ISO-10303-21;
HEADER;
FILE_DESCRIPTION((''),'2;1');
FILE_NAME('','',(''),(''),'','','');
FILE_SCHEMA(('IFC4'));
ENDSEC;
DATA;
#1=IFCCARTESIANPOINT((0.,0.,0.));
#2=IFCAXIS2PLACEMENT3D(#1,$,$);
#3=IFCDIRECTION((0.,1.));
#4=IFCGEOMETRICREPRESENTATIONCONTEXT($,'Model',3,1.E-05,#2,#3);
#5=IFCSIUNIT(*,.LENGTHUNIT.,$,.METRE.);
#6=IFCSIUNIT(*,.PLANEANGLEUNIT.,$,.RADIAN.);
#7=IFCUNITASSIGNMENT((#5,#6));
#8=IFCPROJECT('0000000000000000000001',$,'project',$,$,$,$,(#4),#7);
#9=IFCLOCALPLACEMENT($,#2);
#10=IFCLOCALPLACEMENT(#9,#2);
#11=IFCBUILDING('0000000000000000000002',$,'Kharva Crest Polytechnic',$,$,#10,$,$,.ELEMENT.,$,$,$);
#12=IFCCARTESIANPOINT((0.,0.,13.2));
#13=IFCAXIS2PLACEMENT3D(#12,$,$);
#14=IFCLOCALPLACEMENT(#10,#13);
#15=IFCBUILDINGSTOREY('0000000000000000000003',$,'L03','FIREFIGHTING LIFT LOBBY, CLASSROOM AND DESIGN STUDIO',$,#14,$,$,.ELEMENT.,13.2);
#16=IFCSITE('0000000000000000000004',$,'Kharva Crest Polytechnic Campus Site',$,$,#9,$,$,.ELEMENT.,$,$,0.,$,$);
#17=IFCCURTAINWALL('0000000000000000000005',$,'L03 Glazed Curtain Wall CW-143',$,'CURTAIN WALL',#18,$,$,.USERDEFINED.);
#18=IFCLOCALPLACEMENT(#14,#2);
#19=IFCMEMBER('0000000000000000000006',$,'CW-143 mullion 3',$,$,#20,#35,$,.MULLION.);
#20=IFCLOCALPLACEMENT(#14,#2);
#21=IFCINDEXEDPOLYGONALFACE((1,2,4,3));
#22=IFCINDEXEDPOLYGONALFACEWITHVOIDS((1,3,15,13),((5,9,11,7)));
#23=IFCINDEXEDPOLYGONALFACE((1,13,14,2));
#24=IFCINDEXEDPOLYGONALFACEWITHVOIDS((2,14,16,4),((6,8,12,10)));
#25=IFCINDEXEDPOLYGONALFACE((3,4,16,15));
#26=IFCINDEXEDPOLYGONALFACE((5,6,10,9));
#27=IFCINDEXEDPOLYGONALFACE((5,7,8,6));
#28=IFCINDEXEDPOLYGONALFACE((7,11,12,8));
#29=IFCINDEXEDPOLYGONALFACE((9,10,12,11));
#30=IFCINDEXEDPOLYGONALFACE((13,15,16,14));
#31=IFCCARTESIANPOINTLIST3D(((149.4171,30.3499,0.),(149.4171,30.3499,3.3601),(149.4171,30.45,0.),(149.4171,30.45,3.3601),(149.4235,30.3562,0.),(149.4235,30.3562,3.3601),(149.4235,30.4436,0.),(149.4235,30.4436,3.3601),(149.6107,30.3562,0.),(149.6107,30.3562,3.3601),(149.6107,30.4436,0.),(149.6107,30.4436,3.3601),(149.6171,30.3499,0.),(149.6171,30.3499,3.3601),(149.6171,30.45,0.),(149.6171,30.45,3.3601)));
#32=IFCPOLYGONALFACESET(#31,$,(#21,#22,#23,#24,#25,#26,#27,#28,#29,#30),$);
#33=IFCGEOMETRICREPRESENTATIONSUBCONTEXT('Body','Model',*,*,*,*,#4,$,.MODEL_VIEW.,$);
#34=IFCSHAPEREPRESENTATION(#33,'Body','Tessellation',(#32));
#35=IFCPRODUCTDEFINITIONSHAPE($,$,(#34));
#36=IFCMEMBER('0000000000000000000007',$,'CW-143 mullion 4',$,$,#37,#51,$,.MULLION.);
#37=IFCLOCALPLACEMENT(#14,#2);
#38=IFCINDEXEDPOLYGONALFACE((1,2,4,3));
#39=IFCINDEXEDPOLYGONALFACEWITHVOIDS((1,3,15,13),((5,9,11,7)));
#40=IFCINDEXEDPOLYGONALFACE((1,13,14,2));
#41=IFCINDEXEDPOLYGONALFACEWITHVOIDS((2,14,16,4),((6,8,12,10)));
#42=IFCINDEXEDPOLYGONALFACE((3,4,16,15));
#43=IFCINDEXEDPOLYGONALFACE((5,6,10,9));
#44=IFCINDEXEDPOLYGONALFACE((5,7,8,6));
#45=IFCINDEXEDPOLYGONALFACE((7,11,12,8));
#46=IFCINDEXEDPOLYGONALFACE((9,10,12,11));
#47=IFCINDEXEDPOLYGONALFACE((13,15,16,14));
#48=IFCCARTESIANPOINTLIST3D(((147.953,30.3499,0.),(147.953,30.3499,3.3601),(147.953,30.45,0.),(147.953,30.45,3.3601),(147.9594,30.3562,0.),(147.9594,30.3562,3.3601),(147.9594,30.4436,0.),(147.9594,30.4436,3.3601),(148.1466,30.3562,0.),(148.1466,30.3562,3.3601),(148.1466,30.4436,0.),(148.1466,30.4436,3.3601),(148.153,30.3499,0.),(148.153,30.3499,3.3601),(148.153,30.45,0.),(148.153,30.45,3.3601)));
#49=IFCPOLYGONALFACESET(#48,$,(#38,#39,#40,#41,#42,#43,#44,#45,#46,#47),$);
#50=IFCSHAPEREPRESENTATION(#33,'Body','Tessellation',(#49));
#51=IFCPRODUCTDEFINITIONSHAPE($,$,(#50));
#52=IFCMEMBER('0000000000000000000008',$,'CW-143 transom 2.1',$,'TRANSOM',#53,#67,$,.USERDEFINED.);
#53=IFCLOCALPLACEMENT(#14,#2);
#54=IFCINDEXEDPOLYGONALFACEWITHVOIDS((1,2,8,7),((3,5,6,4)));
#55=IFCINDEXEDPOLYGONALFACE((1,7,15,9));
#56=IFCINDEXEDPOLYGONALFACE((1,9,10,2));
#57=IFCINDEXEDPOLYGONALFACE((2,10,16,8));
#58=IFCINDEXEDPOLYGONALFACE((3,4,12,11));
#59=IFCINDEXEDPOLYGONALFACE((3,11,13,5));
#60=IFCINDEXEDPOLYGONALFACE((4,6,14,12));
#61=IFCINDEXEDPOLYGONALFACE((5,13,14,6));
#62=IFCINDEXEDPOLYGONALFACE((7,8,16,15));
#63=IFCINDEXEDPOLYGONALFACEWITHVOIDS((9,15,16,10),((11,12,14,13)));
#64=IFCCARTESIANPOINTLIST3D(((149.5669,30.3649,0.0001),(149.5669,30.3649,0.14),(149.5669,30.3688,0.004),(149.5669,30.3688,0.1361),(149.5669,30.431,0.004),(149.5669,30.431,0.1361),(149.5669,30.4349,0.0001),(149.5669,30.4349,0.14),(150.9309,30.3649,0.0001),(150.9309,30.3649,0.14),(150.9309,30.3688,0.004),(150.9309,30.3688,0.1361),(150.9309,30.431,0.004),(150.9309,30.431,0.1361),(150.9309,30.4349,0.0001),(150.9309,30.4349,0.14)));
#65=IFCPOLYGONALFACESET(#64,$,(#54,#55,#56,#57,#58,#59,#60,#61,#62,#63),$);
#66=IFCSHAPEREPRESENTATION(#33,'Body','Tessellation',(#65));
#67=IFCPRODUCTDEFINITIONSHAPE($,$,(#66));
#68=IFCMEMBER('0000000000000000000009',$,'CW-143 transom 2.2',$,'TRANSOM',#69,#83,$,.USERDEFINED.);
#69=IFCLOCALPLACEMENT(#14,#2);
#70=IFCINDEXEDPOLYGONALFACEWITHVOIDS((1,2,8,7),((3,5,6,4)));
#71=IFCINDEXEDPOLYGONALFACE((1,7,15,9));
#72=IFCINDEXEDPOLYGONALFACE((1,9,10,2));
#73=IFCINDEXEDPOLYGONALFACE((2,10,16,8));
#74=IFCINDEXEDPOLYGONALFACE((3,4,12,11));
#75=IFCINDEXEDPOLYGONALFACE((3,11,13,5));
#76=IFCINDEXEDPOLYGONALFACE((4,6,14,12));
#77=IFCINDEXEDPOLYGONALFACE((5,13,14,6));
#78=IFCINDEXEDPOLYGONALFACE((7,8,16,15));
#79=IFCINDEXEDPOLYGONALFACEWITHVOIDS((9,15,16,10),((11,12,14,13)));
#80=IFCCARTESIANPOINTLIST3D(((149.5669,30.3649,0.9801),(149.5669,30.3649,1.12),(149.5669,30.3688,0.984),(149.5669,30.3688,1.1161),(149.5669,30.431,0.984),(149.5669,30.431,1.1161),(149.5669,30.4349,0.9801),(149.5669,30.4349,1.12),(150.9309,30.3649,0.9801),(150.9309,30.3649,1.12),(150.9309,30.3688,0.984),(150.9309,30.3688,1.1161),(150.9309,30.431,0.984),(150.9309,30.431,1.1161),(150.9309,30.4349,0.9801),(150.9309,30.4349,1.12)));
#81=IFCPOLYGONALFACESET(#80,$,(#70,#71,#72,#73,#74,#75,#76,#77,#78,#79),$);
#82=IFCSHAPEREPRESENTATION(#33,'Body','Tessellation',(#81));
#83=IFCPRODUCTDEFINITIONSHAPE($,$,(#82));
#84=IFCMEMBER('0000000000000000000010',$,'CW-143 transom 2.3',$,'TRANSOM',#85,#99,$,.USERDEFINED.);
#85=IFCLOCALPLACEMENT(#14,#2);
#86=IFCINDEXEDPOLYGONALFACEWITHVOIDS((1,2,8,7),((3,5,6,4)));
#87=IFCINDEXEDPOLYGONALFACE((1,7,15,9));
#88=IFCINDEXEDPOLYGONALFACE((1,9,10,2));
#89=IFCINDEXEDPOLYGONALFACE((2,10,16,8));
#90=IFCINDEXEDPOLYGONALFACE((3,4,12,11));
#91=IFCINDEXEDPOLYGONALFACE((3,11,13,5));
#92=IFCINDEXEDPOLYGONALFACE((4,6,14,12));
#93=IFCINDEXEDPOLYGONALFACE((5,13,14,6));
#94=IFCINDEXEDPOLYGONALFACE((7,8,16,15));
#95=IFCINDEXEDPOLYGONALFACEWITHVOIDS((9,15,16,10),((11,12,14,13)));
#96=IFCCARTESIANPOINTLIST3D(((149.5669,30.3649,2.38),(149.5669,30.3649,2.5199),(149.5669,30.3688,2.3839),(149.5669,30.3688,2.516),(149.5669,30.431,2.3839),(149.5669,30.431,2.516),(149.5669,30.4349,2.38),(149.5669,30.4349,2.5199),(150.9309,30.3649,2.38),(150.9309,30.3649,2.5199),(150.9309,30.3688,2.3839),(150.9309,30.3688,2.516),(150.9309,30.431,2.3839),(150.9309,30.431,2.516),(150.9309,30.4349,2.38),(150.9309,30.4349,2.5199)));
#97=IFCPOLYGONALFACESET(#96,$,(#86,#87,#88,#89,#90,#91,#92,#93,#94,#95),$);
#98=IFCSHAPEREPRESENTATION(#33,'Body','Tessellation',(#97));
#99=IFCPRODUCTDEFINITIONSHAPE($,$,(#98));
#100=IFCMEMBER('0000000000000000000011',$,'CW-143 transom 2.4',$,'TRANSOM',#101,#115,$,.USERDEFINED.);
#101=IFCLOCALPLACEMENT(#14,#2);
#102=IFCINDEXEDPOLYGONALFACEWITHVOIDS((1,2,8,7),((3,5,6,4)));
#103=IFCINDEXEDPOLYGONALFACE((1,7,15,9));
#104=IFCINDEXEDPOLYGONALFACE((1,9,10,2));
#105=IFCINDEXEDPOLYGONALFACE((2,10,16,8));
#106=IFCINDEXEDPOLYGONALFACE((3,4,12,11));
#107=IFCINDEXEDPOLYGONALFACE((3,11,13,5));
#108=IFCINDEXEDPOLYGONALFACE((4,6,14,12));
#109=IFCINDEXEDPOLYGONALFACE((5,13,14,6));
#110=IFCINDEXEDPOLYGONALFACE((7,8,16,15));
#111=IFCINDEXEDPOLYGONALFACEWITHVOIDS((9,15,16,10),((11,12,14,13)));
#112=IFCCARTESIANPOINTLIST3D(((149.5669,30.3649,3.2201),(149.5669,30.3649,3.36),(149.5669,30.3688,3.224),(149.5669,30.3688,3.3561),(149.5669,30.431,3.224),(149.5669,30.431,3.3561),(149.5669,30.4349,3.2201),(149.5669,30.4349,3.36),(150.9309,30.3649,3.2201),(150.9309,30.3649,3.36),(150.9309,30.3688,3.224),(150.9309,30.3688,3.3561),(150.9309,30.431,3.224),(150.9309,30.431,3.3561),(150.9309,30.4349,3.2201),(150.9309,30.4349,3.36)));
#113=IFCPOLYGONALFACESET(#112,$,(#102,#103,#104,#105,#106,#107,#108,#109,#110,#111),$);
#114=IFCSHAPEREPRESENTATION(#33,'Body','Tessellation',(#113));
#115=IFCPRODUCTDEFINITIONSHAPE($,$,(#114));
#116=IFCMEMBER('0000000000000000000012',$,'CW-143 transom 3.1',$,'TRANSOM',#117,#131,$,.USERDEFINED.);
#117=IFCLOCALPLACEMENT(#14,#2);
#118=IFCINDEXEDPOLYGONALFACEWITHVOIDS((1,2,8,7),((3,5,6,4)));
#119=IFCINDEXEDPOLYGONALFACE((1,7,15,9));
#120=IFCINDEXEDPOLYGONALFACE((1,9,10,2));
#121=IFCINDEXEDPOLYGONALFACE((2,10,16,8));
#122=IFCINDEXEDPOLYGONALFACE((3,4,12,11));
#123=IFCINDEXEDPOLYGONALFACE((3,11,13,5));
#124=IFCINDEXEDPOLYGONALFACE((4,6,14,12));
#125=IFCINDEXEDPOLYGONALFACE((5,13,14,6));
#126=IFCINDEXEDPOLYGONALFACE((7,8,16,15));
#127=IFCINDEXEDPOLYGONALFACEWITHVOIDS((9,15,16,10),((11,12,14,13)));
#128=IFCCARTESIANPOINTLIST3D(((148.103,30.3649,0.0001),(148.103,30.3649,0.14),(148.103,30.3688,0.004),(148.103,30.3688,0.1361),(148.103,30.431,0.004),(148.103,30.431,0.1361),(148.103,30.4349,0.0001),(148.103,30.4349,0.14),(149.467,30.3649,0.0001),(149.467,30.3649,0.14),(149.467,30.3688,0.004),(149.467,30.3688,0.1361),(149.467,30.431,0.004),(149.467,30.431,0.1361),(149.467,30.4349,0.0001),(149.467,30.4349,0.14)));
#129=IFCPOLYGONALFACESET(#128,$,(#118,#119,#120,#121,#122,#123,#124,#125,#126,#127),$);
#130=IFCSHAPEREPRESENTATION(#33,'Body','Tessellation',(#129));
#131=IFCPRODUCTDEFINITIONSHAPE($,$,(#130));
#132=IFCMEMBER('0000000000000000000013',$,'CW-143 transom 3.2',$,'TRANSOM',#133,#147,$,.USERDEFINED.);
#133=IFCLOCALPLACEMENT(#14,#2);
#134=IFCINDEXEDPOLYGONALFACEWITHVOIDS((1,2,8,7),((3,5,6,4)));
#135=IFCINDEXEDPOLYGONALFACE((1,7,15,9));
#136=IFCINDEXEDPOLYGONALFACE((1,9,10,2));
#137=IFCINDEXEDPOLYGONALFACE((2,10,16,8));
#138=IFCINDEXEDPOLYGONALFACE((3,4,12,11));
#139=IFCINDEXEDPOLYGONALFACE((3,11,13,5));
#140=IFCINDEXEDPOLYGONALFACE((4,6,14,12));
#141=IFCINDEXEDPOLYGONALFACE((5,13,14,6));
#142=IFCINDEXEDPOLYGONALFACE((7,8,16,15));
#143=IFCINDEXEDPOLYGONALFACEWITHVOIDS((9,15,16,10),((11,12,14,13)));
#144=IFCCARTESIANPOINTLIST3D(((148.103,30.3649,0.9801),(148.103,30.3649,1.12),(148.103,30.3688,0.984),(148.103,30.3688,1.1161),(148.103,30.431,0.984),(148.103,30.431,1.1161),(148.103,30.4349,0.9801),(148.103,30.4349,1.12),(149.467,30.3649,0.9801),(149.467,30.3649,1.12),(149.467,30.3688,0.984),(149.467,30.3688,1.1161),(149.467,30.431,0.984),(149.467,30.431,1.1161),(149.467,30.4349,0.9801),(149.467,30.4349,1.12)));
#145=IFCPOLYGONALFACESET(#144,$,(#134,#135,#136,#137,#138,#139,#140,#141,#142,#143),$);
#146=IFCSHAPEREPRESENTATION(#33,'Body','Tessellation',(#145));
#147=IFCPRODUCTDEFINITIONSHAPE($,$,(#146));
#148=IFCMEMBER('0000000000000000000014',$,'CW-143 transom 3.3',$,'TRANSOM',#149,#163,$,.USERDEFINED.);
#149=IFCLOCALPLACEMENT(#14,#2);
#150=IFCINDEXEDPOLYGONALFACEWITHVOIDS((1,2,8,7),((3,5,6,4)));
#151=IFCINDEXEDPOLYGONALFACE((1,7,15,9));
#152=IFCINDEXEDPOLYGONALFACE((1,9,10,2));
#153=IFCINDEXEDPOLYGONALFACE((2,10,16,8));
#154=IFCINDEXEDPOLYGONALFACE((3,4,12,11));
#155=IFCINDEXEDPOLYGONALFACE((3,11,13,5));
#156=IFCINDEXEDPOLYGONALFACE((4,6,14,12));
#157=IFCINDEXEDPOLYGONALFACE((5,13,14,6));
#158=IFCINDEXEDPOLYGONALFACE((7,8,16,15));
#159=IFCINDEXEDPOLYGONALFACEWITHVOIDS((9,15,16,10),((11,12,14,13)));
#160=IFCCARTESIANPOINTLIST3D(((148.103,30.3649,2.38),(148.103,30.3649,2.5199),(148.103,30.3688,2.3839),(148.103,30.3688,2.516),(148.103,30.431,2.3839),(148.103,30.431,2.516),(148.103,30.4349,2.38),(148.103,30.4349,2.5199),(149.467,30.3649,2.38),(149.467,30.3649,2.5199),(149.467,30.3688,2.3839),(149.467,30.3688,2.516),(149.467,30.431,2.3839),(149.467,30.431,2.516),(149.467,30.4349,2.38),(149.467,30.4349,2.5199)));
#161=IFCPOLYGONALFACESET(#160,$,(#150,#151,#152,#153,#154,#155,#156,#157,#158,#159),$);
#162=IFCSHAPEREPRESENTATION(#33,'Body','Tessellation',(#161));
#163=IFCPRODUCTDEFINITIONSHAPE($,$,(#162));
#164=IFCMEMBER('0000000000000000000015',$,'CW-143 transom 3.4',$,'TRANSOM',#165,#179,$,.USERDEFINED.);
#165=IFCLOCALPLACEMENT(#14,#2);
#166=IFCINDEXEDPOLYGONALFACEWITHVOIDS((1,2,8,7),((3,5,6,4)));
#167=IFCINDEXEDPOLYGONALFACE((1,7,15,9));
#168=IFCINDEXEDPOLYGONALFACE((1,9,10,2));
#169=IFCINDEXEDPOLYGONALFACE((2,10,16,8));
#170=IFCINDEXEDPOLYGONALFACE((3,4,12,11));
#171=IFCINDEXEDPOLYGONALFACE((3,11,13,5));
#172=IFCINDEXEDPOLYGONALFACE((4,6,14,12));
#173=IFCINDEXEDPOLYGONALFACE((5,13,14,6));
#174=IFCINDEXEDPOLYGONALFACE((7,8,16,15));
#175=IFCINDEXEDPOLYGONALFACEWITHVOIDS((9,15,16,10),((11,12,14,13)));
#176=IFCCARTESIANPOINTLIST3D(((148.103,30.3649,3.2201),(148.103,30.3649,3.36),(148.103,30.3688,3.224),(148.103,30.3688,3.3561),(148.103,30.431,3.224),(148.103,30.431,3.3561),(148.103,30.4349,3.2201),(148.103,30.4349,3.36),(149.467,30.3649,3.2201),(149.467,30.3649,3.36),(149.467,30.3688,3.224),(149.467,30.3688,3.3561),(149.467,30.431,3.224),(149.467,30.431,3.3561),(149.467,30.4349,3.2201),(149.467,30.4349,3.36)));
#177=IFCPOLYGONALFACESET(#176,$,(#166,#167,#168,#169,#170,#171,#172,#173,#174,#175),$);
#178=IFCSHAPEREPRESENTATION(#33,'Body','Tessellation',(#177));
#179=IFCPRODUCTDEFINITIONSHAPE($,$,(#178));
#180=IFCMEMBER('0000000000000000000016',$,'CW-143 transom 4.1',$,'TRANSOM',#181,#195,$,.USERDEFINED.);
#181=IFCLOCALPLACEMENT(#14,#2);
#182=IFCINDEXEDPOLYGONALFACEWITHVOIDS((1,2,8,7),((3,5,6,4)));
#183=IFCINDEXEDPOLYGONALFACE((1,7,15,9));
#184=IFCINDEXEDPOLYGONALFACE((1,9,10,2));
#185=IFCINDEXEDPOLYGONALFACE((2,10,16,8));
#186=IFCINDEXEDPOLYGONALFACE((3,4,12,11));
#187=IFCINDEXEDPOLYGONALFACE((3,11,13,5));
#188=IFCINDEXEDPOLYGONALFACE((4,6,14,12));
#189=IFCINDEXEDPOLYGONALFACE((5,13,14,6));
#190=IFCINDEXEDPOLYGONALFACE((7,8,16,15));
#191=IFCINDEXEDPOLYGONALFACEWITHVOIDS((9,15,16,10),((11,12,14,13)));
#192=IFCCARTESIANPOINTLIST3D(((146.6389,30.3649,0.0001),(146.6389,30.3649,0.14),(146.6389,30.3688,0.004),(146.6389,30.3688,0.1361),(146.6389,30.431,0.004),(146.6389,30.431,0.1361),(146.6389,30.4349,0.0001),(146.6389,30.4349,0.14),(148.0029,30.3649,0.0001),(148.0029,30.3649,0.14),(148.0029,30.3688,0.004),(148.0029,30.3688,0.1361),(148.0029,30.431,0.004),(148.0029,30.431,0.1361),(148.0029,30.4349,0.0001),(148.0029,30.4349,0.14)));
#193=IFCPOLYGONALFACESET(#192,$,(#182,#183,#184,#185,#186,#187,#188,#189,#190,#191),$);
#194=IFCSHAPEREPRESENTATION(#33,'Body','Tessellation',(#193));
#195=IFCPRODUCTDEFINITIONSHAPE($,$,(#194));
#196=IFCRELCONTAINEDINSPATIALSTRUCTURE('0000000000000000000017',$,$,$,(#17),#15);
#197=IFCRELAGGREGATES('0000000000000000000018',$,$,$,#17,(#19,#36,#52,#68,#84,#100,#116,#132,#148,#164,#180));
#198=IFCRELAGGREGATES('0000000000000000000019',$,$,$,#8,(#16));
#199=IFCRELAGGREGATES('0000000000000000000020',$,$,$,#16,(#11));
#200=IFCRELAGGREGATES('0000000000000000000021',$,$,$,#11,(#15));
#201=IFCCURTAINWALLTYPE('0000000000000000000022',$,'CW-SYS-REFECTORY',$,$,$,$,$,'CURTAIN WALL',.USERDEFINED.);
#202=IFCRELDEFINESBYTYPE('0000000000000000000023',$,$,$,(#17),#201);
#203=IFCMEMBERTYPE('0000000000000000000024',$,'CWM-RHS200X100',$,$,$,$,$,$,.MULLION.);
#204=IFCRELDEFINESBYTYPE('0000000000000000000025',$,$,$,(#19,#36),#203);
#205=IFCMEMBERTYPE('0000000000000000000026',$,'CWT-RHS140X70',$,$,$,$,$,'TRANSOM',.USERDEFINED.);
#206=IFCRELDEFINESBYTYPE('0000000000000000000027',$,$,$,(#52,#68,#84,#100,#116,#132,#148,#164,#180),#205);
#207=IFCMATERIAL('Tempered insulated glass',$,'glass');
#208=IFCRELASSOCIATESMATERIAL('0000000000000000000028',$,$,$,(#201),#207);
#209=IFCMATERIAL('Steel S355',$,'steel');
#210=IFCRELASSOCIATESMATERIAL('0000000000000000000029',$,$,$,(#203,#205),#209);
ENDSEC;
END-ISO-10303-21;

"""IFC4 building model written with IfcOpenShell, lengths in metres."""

from ifc_helpers import new_model, si_unit, direction, frame, origin, origin_2d, place, context, subcontext, project, spatial, hollow_rectangle, extrude, material, material_profile, profile_set, type_object, element, aggregate, save


model = new_model("IFC4")

# Units and contexts
model_context = context("Model", 3, precision=1e-05, world=origin(), true_north=direction((0.0, 1.0)))
body_context = subcontext(model_context, "Body", "Model", "MODEL_VIEW")
ifc_project = project(units=[si_unit("LENGTHUNIT", "METRE"), si_unit("PLANEANGLEUNIT", "RADIAN")], contexts=[model_context])

# Site, building, storey
site_placement = place(None, origin())
site = spatial("IfcSite", under=ifc_project, at=site_placement, Name="Kharva Crest Polytechnic Campus Site", CompositionType="ELEMENT", RefElevation=0.0)
building_placement = place(site_placement, origin())
building = spatial("IfcBuilding", under=site, at=building_placement, Name="Kharva Crest Polytechnic", CompositionType="ELEMENT")
storey_placement = place(building_placement, frame((0.0, 0.0, 13.2)))
storey = spatial("IfcBuildingStorey", under=building, at=storey_placement, Name="L03", Description="FIREFIGHTING LIFT LOBBY, CLASSROOM AND DESIGN STUDIO", CompositionType="ELEMENT", Elevation=13.2)

# Curtain wall, members
ifc_material_1 = material(Name="Tempered insulated glass", Category="glass")
curtain_wall_type = type_object("IfcCurtainWallType", Name="CW-SYS-REFECTORY", ElementType="CURTAIN WALL", PredefinedType="USERDEFINED", material=ifc_material_1)
curtain_wall_placement = place(storey_placement, origin())
curtain_wall = element("IfcCurtainWall", 1, at=curtain_wall_placement, inside=storey, type_object=curtain_wall_type, Name="L03 Glazed Curtain Wall CW-143", ObjectType="CURTAIN WALL", PredefinedType="USERDEFINED")
ifc_material_2 = material(Name="Steel S355", Category="steel")
ifc_material_profile_1 = material_profile(ifc_material_2, hollow_rectangle(XDim=0.1001, YDim=0.2, WallThickness=0.0063, at=origin_2d()), Name="RHS 200X100X6.3")
ifc_profile_set_1 = profile_set([ifc_material_profile_1], Name="Steel S355")
member_type_1 = type_object("IfcMemberType", Name="CWM-RHS200X100", PredefinedType="MULLION", material=ifc_profile_set_1)
member_1_placement = place(storey_placement, frame((149.5171, 30.3999, 0.0), z_axis=(0.0, 0.0, 1.0), x_axis=(0.0, -1.0, 0.0)))
member_1 = element("IfcMember", 2, at=member_1_placement, type_object=member_type_1, Name="CW-143 mullion 3", PredefinedType="MULLION", context=body_context, shape_type="SweptSolid", body=[
    extrude(hollow_rectangle(XDim=0.1001, YDim=0.2, WallThickness=0.0063, at=origin_2d()), origin(), (0.0, 0.0, 1.0), 3.3601),
])
member_2_placement = place(storey_placement, frame((148.053, 30.3999, 0.0), z_axis=(0.0, 0.0, 1.0), x_axis=(0.0, -1.0, 0.0)))
member_2 = element("IfcMember", 3, at=member_2_placement, type_object=member_type_1, Name="CW-143 mullion 4", PredefinedType="MULLION", context=body_context, shape_type="SweptSolid", body=[
    extrude(hollow_rectangle(XDim=0.1001, YDim=0.2, WallThickness=0.0063, at=origin_2d()), origin(), (0.0, 0.0, 1.0), 3.3601),
])
ifc_material_profile_2 = material_profile(ifc_material_2, hollow_rectangle(XDim=0.0701, YDim=0.1399, WallThickness=0.0039, at=origin_2d()), Name="RHS 140X70X4.0")
ifc_profile_set_2 = profile_set([ifc_material_profile_2], Name="Steel S355")
member_type_2 = type_object("IfcMemberType", Name="CWT-RHS140X70", ElementType="TRANSOM", PredefinedType="USERDEFINED", material=ifc_profile_set_2)
member_3_placement = place(storey_placement, frame((150.9309, 30.3999, 0.0701), z_axis=(-1.0, 0.0, 0.0), x_axis=(0.0, -1.0, 0.0)))
member_3 = element("IfcMember", 4, at=member_3_placement, type_object=member_type_2, Name="CW-143 transom 2.1", ObjectType="TRANSOM", PredefinedType="USERDEFINED", context=body_context, shape_type="SweptSolid", body=[
    extrude(hollow_rectangle(XDim=0.0701, YDim=0.1399, WallThickness=0.0039, at=origin_2d()), origin(), (0.0, 0.0, 1.0), 1.364),
])
member_4_placement = place(storey_placement, frame((150.9309, 30.3999, 1.05), z_axis=(-1.0, 0.0, 0.0), x_axis=(0.0, -1.0, 0.0)))
member_4 = element("IfcMember", 5, at=member_4_placement, type_object=member_type_2, Name="CW-143 transom 2.2", ObjectType="TRANSOM", PredefinedType="USERDEFINED", context=body_context, shape_type="SweptSolid", body=[
    extrude(hollow_rectangle(XDim=0.0701, YDim=0.1399, WallThickness=0.0039, at=origin_2d()), origin(), (0.0, 0.0, 1.0), 1.364),
])
member_5_placement = place(storey_placement, frame((150.9309, 30.3999, 2.45), z_axis=(-1.0, 0.0, 0.0), x_axis=(0.0, -1.0, 0.0)))
member_5 = element("IfcMember", 6, at=member_5_placement, type_object=member_type_2, Name="CW-143 transom 2.3", ObjectType="TRANSOM", PredefinedType="USERDEFINED", context=body_context, shape_type="SweptSolid", body=[
    extrude(hollow_rectangle(XDim=0.0701, YDim=0.1399, WallThickness=0.0039, at=origin_2d()), origin(), (0.0, 0.0, 1.0), 1.364),
])
member_6_placement = place(storey_placement, frame((150.9309, 30.3999, 3.29), z_axis=(-1.0, 0.0, 0.0), x_axis=(0.0, -1.0, 0.0)))
member_6 = element("IfcMember", 7, at=member_6_placement, type_object=member_type_2, Name="CW-143 transom 2.4", ObjectType="TRANSOM", PredefinedType="USERDEFINED", context=body_context, shape_type="SweptSolid", body=[
    extrude(hollow_rectangle(XDim=0.0701, YDim=0.1399, WallThickness=0.0039, at=origin_2d()), origin(), (0.0, 0.0, 1.0), 1.364),
])
member_7_placement = place(storey_placement, frame((149.467, 30.3999, 0.0701), z_axis=(-1.0, 0.0, 0.0), x_axis=(0.0, -1.0, 0.0)))
member_7 = element("IfcMember", 8, at=member_7_placement, type_object=member_type_2, Name="CW-143 transom 3.1", ObjectType="TRANSOM", PredefinedType="USERDEFINED", context=body_context, shape_type="SweptSolid", body=[
    extrude(hollow_rectangle(XDim=0.0701, YDim=0.1399, WallThickness=0.0039, at=origin_2d()), origin(), (0.0, 0.0, 1.0), 1.364),
])
member_8_placement = place(storey_placement, frame((149.467, 30.3999, 1.05), z_axis=(-1.0, 0.0, 0.0), x_axis=(0.0, -1.0, 0.0)))
member_8 = element("IfcMember", 9, at=member_8_placement, type_object=member_type_2, Name="CW-143 transom 3.2", ObjectType="TRANSOM", PredefinedType="USERDEFINED", context=body_context, shape_type="SweptSolid", body=[
    extrude(hollow_rectangle(XDim=0.0701, YDim=0.1399, WallThickness=0.0039, at=origin_2d()), origin(), (0.0, 0.0, 1.0), 1.364),
])
member_9_placement = place(storey_placement, frame((149.467, 30.3999, 2.45), z_axis=(-1.0, 0.0, 0.0), x_axis=(0.0, -1.0, 0.0)))
member_9 = element("IfcMember", 10, at=member_9_placement, type_object=member_type_2, Name="CW-143 transom 3.3", ObjectType="TRANSOM", PredefinedType="USERDEFINED", context=body_context, shape_type="SweptSolid", body=[
    extrude(hollow_rectangle(XDim=0.0701, YDim=0.1399, WallThickness=0.0039, at=origin_2d()), origin(), (0.0, 0.0, 1.0), 1.364),
])
member_10_placement = place(storey_placement, frame((149.467, 30.3999, 3.29), z_axis=(-1.0, 0.0, 0.0), x_axis=(0.0, -1.0, 0.0)))
member_10 = element("IfcMember", 11, at=member_10_placement, type_object=member_type_2, Name="CW-143 transom 3.4", ObjectType="TRANSOM", PredefinedType="USERDEFINED", context=body_context, shape_type="SweptSolid", body=[
    extrude(hollow_rectangle(XDim=0.0701, YDim=0.1399, WallThickness=0.0039, at=origin_2d()), origin(), (0.0, 0.0, 1.0), 1.364),
])
member_11_placement = place(storey_placement, frame((148.0029, 30.3999, 0.0701), z_axis=(-1.0, 0.0, 0.0), x_axis=(0.0, -1.0, 0.0)))
member_11 = element("IfcMember", 12, at=member_11_placement, type_object=member_type_2, Name="CW-143 transom 4.1", ObjectType="TRANSOM", PredefinedType="USERDEFINED", context=body_context, shape_type="SweptSolid", body=[
    extrude(hollow_rectangle(XDim=0.0701, YDim=0.1399, WallThickness=0.0039, at=origin_2d()), origin(), (0.0, 0.0, 1.0), 1.364),
])
aggregate(curtain_wall, [member_1, member_2, member_3, member_4, member_5, member_6, member_7, member_8, member_9, member_10, member_11])

save(model, "model.ifc")
